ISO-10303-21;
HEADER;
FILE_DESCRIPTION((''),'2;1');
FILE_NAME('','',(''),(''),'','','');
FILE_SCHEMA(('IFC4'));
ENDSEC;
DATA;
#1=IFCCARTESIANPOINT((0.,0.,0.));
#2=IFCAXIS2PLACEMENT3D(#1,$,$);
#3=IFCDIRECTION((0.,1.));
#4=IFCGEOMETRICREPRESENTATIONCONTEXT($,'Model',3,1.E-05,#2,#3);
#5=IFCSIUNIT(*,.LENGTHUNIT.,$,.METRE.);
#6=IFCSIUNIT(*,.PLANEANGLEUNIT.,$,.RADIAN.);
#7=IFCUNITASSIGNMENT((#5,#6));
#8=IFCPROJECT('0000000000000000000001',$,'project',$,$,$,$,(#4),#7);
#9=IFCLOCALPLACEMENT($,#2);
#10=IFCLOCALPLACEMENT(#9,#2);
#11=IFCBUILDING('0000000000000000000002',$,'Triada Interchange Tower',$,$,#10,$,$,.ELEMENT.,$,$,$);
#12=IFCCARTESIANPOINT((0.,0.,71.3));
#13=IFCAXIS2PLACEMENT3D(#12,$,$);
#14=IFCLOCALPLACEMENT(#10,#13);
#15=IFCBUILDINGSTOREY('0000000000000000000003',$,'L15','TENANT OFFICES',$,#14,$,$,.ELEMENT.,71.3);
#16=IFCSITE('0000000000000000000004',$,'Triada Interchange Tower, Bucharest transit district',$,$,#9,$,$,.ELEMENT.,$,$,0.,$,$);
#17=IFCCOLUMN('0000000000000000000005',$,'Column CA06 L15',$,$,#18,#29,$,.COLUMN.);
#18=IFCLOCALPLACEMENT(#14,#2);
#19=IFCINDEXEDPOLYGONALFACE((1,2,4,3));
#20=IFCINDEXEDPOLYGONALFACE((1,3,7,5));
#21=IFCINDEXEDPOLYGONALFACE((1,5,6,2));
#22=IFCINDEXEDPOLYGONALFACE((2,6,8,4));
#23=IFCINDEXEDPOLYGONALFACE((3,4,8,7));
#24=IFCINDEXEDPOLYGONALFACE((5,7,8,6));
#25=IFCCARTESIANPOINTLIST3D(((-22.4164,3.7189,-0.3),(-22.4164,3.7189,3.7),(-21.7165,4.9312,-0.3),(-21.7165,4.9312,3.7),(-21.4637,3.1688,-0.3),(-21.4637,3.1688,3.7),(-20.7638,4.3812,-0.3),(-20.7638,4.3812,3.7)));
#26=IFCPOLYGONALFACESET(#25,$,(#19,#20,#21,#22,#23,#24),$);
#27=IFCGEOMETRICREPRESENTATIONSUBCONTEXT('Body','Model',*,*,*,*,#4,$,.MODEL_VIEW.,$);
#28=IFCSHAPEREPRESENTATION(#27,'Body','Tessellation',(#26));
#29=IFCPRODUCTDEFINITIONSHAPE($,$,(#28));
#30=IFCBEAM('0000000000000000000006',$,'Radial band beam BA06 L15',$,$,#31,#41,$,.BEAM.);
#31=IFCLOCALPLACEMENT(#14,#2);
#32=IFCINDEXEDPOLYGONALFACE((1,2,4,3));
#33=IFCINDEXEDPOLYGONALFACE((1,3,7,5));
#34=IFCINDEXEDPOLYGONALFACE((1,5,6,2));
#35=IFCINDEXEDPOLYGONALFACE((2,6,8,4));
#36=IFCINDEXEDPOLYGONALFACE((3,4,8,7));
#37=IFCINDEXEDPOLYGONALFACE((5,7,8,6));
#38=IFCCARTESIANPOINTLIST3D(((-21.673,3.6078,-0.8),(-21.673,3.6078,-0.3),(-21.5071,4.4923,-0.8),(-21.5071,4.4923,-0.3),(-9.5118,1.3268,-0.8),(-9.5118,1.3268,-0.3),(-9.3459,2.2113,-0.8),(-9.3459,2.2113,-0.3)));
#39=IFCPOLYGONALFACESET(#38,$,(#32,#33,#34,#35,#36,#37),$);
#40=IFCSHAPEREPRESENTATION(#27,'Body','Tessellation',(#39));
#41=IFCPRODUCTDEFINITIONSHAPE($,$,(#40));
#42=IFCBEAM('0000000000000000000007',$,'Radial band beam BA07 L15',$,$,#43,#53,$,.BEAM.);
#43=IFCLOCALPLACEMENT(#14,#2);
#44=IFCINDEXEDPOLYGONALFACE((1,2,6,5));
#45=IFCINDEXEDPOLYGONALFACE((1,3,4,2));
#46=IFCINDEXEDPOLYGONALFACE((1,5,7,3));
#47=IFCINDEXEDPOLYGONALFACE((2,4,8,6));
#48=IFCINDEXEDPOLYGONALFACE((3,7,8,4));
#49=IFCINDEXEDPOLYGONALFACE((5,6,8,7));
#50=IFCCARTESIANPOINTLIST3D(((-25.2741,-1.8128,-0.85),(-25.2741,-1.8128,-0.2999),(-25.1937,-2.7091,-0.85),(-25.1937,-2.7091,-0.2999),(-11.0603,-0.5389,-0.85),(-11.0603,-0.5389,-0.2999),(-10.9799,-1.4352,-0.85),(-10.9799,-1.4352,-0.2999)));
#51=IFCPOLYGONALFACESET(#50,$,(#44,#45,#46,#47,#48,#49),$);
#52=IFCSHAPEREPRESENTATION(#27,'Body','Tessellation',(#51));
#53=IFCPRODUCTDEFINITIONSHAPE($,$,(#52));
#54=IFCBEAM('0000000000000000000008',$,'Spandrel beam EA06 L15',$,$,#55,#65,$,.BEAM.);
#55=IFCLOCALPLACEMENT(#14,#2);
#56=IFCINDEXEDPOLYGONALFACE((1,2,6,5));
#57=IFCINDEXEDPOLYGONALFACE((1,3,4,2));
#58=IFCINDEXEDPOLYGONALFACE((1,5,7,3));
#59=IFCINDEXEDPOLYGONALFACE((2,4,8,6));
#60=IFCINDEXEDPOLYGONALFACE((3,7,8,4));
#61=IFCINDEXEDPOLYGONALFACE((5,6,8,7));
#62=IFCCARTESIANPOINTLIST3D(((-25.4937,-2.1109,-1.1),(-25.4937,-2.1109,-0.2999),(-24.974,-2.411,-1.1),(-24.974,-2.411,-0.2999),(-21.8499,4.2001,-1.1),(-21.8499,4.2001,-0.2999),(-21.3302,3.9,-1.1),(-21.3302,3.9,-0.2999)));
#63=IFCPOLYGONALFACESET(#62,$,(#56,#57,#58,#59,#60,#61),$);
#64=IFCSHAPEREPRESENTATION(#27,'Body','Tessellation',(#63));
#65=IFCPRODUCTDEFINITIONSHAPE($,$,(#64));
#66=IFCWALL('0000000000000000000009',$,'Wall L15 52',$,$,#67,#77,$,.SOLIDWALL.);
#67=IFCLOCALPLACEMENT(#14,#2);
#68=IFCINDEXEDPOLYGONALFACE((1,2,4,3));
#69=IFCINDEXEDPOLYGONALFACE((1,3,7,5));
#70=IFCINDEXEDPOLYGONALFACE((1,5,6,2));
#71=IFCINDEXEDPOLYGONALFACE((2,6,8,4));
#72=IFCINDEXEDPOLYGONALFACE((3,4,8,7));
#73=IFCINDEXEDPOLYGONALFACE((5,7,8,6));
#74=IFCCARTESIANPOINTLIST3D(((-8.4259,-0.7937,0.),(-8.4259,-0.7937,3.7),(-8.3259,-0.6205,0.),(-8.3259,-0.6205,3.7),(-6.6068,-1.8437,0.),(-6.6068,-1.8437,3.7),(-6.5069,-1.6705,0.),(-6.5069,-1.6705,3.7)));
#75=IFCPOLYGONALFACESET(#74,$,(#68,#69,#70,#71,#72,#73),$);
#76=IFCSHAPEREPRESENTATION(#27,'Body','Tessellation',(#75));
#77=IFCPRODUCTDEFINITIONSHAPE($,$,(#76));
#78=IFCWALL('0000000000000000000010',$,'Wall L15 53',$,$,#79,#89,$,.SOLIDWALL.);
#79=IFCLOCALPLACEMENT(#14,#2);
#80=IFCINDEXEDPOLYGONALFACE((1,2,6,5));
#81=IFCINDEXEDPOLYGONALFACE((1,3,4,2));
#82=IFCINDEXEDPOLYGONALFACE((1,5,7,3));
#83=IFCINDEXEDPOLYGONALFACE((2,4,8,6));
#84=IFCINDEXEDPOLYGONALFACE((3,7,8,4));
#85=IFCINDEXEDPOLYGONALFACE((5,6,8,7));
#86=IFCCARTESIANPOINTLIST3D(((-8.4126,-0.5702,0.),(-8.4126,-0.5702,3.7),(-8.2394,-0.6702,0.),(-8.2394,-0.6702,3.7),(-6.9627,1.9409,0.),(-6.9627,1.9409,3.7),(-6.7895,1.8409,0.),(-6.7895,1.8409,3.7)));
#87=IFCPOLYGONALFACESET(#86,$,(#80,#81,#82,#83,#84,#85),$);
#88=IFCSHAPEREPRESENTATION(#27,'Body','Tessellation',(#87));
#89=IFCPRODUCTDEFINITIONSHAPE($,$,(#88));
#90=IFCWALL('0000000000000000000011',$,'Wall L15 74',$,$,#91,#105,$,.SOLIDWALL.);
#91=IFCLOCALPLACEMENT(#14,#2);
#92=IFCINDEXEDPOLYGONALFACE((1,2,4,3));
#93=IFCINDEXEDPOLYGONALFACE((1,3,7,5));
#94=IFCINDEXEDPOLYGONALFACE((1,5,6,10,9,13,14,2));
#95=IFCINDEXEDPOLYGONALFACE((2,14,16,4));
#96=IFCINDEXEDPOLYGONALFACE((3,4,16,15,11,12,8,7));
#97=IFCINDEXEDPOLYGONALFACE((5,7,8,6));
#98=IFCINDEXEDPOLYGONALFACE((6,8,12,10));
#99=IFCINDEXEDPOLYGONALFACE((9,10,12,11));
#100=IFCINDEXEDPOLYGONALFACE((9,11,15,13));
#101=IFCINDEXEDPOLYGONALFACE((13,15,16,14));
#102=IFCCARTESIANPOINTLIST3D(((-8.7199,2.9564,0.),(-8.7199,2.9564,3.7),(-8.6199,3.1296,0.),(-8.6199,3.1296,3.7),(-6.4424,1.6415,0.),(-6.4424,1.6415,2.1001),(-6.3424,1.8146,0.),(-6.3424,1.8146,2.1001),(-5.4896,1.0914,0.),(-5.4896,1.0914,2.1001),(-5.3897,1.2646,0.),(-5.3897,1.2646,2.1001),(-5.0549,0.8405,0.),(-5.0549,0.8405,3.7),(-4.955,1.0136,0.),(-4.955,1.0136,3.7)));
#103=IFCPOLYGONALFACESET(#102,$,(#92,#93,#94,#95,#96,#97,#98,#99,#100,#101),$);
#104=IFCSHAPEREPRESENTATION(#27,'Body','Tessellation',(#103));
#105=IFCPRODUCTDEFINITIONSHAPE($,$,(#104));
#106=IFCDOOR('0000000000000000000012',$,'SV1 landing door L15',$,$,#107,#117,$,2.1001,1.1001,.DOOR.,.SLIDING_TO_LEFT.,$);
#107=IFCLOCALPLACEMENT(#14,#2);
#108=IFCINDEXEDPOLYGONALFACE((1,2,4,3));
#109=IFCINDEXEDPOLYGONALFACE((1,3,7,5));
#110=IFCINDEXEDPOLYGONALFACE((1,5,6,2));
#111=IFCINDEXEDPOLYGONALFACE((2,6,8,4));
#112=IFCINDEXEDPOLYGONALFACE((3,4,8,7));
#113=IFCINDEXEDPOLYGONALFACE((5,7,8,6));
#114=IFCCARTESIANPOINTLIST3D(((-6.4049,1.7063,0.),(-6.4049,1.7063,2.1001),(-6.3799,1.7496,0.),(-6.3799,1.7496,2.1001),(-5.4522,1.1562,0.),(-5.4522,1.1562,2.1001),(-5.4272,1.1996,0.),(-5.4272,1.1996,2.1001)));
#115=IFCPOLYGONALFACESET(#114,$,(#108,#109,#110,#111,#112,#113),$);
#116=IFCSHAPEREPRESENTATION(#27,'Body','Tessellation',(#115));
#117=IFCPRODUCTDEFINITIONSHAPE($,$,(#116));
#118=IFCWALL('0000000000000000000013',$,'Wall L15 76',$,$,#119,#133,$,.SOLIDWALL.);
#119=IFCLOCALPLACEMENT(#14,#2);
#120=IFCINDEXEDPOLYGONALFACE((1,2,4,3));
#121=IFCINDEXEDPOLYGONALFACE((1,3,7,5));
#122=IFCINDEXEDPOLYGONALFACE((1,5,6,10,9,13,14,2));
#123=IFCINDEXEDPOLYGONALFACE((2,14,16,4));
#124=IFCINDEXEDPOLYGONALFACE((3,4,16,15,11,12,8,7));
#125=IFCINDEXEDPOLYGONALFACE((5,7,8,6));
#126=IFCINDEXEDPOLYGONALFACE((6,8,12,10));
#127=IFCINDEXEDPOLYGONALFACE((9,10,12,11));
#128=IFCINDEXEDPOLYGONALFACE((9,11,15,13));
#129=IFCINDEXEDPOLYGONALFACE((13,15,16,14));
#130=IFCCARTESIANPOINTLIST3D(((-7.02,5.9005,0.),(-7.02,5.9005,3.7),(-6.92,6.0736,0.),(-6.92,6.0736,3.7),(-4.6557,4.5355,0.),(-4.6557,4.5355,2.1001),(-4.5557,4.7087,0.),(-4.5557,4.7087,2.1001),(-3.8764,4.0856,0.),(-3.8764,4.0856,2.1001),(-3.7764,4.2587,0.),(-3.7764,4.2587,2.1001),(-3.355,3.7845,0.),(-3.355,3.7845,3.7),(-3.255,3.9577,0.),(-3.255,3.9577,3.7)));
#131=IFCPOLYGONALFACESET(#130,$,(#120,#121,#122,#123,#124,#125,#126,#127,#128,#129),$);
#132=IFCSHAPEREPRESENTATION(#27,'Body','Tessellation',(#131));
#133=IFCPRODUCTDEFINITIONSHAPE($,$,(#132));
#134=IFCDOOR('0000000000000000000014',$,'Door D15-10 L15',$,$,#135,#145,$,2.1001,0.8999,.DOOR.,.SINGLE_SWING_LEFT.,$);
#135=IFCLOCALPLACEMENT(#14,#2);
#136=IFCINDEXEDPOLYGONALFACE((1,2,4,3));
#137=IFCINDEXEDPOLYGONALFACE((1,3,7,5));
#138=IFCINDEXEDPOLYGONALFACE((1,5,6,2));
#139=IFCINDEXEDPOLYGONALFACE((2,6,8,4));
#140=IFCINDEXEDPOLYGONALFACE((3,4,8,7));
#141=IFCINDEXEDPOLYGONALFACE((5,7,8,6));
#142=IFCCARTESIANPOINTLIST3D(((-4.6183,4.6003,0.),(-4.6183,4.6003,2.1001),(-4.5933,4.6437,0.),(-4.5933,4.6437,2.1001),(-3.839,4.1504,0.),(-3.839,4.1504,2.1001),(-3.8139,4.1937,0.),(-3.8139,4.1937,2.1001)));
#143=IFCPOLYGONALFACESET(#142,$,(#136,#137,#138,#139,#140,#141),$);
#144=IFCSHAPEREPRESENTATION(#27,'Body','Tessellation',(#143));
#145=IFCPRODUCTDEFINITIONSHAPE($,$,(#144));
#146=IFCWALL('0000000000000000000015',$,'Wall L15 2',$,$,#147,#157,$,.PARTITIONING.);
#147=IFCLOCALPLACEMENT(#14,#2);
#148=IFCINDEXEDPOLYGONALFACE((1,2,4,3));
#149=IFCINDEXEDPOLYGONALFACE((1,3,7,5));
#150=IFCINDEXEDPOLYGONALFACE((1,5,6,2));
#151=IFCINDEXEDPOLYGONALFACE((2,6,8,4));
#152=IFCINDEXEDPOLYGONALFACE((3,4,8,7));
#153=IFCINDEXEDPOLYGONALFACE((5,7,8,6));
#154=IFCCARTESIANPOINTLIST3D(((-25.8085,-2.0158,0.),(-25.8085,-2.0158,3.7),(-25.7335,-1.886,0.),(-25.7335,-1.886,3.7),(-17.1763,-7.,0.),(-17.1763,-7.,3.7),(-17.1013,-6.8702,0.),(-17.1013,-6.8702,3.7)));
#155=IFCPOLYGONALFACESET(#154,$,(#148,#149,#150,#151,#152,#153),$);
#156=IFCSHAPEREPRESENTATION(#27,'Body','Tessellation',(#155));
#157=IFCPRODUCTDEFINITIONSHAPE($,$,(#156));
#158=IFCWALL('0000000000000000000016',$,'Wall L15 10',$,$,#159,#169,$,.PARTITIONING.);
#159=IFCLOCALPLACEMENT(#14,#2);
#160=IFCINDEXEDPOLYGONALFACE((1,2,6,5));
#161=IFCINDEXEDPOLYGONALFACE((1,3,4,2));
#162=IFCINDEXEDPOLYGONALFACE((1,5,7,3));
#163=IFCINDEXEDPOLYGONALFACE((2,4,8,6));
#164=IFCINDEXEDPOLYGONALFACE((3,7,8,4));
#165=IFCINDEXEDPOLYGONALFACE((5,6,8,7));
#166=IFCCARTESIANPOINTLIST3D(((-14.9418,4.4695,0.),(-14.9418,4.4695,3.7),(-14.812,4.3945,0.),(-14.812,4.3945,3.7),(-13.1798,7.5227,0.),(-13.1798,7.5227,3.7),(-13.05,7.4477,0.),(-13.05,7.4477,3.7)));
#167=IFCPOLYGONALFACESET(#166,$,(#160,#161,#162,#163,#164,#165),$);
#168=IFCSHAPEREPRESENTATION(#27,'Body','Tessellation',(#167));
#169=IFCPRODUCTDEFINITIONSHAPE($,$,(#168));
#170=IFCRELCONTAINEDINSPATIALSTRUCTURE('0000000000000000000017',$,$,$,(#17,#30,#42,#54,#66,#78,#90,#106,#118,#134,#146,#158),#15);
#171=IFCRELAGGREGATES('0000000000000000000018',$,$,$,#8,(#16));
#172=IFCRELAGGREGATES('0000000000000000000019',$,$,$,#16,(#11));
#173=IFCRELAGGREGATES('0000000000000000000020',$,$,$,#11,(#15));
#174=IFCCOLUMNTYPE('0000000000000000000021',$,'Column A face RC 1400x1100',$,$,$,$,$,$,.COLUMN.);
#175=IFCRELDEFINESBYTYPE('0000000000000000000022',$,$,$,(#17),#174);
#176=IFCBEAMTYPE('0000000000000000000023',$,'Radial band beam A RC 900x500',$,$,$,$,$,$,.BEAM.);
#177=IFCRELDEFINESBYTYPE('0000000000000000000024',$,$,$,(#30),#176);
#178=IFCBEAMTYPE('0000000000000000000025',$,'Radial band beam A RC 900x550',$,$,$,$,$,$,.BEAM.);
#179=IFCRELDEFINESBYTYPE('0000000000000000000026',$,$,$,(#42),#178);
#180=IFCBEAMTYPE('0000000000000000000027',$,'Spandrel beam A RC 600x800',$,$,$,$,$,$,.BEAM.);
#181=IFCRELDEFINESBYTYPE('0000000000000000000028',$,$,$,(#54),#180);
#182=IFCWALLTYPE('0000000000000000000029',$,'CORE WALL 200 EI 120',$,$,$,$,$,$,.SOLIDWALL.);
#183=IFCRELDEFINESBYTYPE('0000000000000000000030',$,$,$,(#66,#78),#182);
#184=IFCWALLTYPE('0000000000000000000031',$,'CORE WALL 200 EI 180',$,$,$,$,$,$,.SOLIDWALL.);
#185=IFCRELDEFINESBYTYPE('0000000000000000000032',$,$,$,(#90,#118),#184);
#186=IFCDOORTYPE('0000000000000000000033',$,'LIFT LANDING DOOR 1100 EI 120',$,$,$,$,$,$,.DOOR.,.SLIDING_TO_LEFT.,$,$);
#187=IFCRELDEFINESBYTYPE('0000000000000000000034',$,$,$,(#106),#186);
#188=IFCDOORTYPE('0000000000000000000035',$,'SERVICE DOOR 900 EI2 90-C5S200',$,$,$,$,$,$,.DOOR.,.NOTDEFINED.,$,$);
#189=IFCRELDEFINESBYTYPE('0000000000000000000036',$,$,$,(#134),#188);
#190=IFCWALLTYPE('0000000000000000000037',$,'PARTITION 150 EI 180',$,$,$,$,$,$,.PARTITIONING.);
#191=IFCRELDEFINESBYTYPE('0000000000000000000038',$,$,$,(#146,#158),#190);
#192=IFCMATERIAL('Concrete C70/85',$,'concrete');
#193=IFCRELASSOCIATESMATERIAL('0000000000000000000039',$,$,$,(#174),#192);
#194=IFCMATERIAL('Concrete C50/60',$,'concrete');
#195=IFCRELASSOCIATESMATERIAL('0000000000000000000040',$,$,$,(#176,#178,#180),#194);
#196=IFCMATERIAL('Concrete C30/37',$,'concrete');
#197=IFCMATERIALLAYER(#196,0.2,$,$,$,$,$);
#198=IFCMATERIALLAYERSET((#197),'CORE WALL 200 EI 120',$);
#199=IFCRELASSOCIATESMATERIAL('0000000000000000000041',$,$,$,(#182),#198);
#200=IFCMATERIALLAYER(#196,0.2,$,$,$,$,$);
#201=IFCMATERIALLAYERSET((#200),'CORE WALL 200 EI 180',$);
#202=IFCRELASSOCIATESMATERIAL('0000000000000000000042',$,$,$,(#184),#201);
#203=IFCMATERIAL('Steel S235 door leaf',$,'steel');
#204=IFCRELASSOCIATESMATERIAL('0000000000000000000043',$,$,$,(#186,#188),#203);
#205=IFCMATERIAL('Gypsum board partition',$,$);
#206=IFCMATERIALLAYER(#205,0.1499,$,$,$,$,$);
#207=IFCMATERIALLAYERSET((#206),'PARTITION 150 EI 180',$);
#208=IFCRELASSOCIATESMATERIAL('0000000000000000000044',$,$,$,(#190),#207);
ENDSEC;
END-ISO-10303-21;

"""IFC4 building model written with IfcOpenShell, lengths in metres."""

from ifc_helpers import new_model, si_unit, direction, frame, frame_2d, origin, origin_2d, place, context, subcontext, project, spatial, rectangle, extrude, material, layer, layer_set, material_profile, profile_set, type_object, element, fill, save


model = new_model("IFC4")

# Units and contexts
model_context = context("Model", 3, precision=1e-05, world=origin(), true_north=direction((0.0, 1.0)))
body_context = subcontext(model_context, "Body", "Model", "MODEL_VIEW")
ifc_project = project(units=[si_unit("LENGTHUNIT", "METRE"), si_unit("PLANEANGLEUNIT", "RADIAN")], contexts=[model_context])

# Site, building, storey
site_placement = place(None, origin())
site = spatial("IfcSite", under=ifc_project, at=site_placement, Name="Triada Interchange Tower, Bucharest transit district", CompositionType="ELEMENT", RefElevation=0.0)
building_placement = place(site_placement, origin())
building = spatial("IfcBuilding", under=site, at=building_placement, Name="Triada Interchange Tower", CompositionType="ELEMENT")
storey_placement = place(building_placement, frame((0.0, 0.0, 71.3)))
storey = spatial("IfcBuildingStorey", under=building, at=storey_placement, Name="L15", Description="TENANT OFFICES", CompositionType="ELEMENT", Elevation=71.3)

# Column
ifc_material_1 = material(Name="Concrete C70/85", Category="concrete")
ifc_material_profile_1 = material_profile(ifc_material_1, rectangle(XDim=1.3999, YDim=1.1001, at=origin_2d()), Name="RC 1400x1100")
ifc_profile_set_1 = profile_set([ifc_material_profile_1], Name="Concrete C70/85")
column_type = type_object("IfcColumnType", Name="Column A face RC 1400x1100", PredefinedType="COLUMN", material=ifc_profile_set_1)
column_placement = place(storey_placement, frame((-21.5901, 4.05, -0.3), z_axis=(0.0, 0.0, 1.0), x_axis=(0.5, 0.866025, 0.0)))
element("IfcColumn", 1, at=column_placement, inside=storey, type_object=column_type, Name="Column CA06 L15", PredefinedType="COLUMN", context=body_context, shape_type="SweptSolid", body=[
    extrude(rectangle(XDim=1.3999, YDim=1.1001, at=origin_2d()), origin(), (0.0, 0.0, 1.0), 4.0),
])

# Beams
ifc_material_2 = material(Name="Concrete C50/60", Category="concrete")
ifc_material_profile_2 = material_profile(ifc_material_2, rectangle(XDim=0.8999, YDim=0.5, at=origin_2d()), Name="RC 900x500")
ifc_profile_set_2 = profile_set([ifc_material_profile_2], Name="Concrete C50/60")
beam_type_1 = type_object("IfcBeamType", Name="Radial band beam A RC 900x500", PredefinedType="BEAM", material=ifc_profile_set_2)
beam_1_placement = place(storey_placement, frame((-21.5901, 4.05, -0.55), z_axis=(0.982861, -0.18435, 0.0), x_axis=(0.18435, 0.982861, 0.0)))
element("IfcBeam", 2, at=beam_1_placement, inside=storey, type_object=beam_type_1, Name="Radial band beam BA06 L15", PredefinedType="BEAM", context=body_context, shape_type="SweptSolid", body=[
    extrude(rectangle(XDim=0.8999, YDim=0.5, at=origin_2d()), origin(), (0.0, 0.0, 1.0), 12.3733),
])
ifc_material_profile_3 = material_profile(ifc_material_2, rectangle(XDim=0.8999, YDim=0.55, at=origin_2d()), Name="RC 900x550")
ifc_profile_set_3 = profile_set([ifc_material_profile_3], Name="Concrete C50/60")
beam_type_2 = type_object("IfcBeamType", Name="Radial band beam A RC 900x550", PredefinedType="BEAM", material=ifc_profile_set_3)
beam_2_placement = place(storey_placement, frame((-25.2339, -2.261, -0.575), z_axis=(0.996008, 0.089268, 0.0), x_axis=(-0.089268, 0.996008, 0.0)))
element("IfcBeam", 3, at=beam_2_placement, inside=storey, type_object=beam_type_2, Name="Radial band beam BA07 L15", PredefinedType="BEAM", context=body_context, shape_type="SweptSolid", body=[
    extrude(rectangle(XDim=0.8999, YDim=0.55, at=origin_2d()), origin(), (0.0, 0.0, 1.0), 14.2708),
])
ifc_material_profile_4 = material_profile(ifc_material_2, rectangle(XDim=0.6001, YDim=0.8, at=origin_2d()), Name="RC 600x800")
ifc_profile_set_4 = profile_set([ifc_material_profile_4], Name="Concrete C50/60")
beam_type_3 = type_object("IfcBeamType", Name="Spandrel beam A RC 600x800", PredefinedType="BEAM", material=ifc_profile_set_4)
beam_3_placement = place(storey_placement, frame((-21.5901, 4.05, -0.7), z_axis=(-0.500012, -0.866018, 0.0), x_axis=(0.866018, -0.500012, 0.0)))
element("IfcBeam", 4, at=beam_3_placement, inside=storey, type_object=beam_type_3, Name="Spandrel beam EA06 L15", PredefinedType="BEAM", context=body_context, shape_type="SweptSolid", body=[
    extrude(rectangle(XDim=0.6001, YDim=0.8, at=origin_2d()), origin(), (0.0, 0.0, 1.0), 7.2874),
])

# Walls
ifc_material_3 = material(Name="Concrete C30/37", Category="concrete")
ifc_layer_1 = layer(ifc_material_3, 0.2)
ifc_layer_set_1 = layer_set([ifc_layer_1], Name="CORE WALL 200 EI 120")
wall_type_1 = type_object("IfcWallType", Name="CORE WALL 200 EI 120", PredefinedType="SOLIDWALL", material=ifc_layer_set_1)
wall_1_placement = place(storey_placement, frame((-8.376, -0.707, 0.0), z_axis=(0.0, 0.0, 1.0), x_axis=(0.866068, -0.499927, 0.0)))
element("IfcWall", 5, at=wall_1_placement, inside=storey, type_object=wall_type_1, Name="Wall L15 52", PredefinedType="SOLIDWALL", context=body_context, shape_type="SweptSolid", body=[
    extrude(rectangle(XDim=2.1003, YDim=0.2, at=frame_2d((1.0503, 0.0))), origin(), (0.0, 0.0, 1.0), 3.7),
])
wall_2_placement = place(storey_placement, frame((-8.3259, -0.6201, 0.0), z_axis=(0.0, 0.0, 1.0), x_axis=(0.500024, 0.866012, 0.0)))
element("IfcWall", 6, at=wall_2_placement, inside=storey, type_object=wall_type_1, Name="Wall L15 53", PredefinedType="SOLIDWALL", context=body_context, shape_type="SweptSolid", body=[
    extrude(rectangle(XDim=2.8997, YDim=0.2, at=frame_2d((1.4497, 0.0))), origin(), (0.0, 0.0, 1.0), 3.7),
])

# Walls, openings, doors
ifc_layer_2 = layer(ifc_material_3, 0.2)
ifc_layer_set_2 = layer_set([ifc_layer_2], Name="CORE WALL 200 EI 180")
wall_type_2 = type_object("IfcWallType", Name="CORE WALL 200 EI 180", PredefinedType="SOLIDWALL", material=ifc_layer_set_2)
wall_3_placement = place(storey_placement, frame((-8.6699, 3.043, 0.0), z_axis=(0.0, 0.0, 1.0), x_axis=(0.86603, -0.499992, 0.0)))
wall_3 = element("IfcWall", 7, at=wall_3_placement, inside=storey, type_object=wall_type_2, Name="Wall L15 74", PredefinedType="SOLIDWALL", context=body_context, shape_type="SweptSolid", body=[
    extrude(rectangle(XDim=4.2319, YDim=0.2, at=frame_2d((2.116, 0.0))), origin(), (0.0, 0.0, 1.0), 3.7),
])
opening_1_placement = place(wall_3_placement, frame((2.6299, 0.0, 0.0)))
opening_1 = element("IfcOpeningElement", 8, at=opening_1_placement, cuts=wall_3, PredefinedType="OPENING", context=body_context, shape_type="SweptSolid", body=[
    extrude(rectangle(XDim=1.1001, YDim=2.1001, at=frame_2d((0.55, 1.05))), frame((0.0, 0.1099, 0.0), z_axis=(0.0, -1.0, 0.0), x_axis=(1.0, 0.0, 0.0)), (0.0, 0.0, 1.0), 0.22),
])
ifc_material_4 = material(Name="Steel S235 door leaf", Category="steel")
door_type_1 = type_object("IfcDoorType", Name="LIFT LANDING DOOR 1100 EI 120", OperationType="SLIDING_TO_LEFT", PredefinedType="DOOR", material=ifc_material_4)
door_1_placement = place(opening_1_placement, origin())
door_1 = element("IfcDoor", 9, at=door_1_placement, inside=storey, type_object=door_type_1, Name="SV1 landing door L15", OperationType="SLIDING_TO_LEFT", OverallHeight=2.1001, OverallWidth=1.1001, PredefinedType="DOOR", context=body_context, shape_type="SweptSolid", body=[
    extrude(rectangle(XDim=1.1001, YDim=2.1001, at=frame_2d((0.55, 1.05))), frame((0.0, 0.0249, 0.0), z_axis=(0.0, -1.0, 0.0), x_axis=(1.0, 0.0, 0.0)), (0.0, 0.0, 1.0), 0.05),
])
fill(opening_1, door_1)
wall_4_placement = place(storey_placement, frame((-6.97, 5.9871, 0.0), z_axis=(0.0, 0.0, 1.0), x_axis=(0.86603, -0.499992, 0.0)))
wall_4 = element("IfcWall", 10, at=wall_4_placement, inside=storey, type_object=wall_type_2, Name="Wall L15 76", PredefinedType="SOLIDWALL", context=body_context, shape_type="SweptSolid", body=[
    extrude(rectangle(XDim=4.2319, YDim=0.2, at=frame_2d((2.116, 0.0))), origin(), (0.0, 0.0, 1.0), 3.7),
])
opening_2_placement = place(wall_4_placement, frame((2.73, 0.0, 0.0)))
opening_2 = element("IfcOpeningElement", 11, at=opening_2_placement, cuts=wall_4, PredefinedType="OPENING", context=body_context, shape_type="SweptSolid", body=[
    extrude(rectangle(XDim=0.8999, YDim=2.1001, at=frame_2d((0.45, 1.05))), frame((0.0, 0.1099, 0.0), z_axis=(0.0, -1.0, 0.0), x_axis=(1.0, 0.0, 0.0)), (0.0, 0.0, 1.0), 0.22),
])
door_type_2 = type_object("IfcDoorType", Name="SERVICE DOOR 900 EI2 90-C5S200", OperationType="NOTDEFINED", PredefinedType="DOOR", material=ifc_material_4)
door_2_placement = place(opening_2_placement, origin())
door_2 = element("IfcDoor", 12, at=door_2_placement, inside=storey, type_object=door_type_2, Name="Door D15-10 L15", OperationType="SINGLE_SWING_LEFT", OverallHeight=2.1001, OverallWidth=0.8999, PredefinedType="DOOR", context=body_context, shape_type="SweptSolid", body=[
    extrude(rectangle(XDim=0.8999, YDim=2.1001, at=frame_2d((0.45, 1.05))), frame((0.0, 0.0249, 0.0), z_axis=(0.0, -1.0, 0.0), x_axis=(1.0, 0.0, 0.0)), (0.0, 0.0, 1.0), 0.05),
])
fill(opening_2, door_2)

# Walls
ifc_material_5 = material(Name="Gypsum board partition")
ifc_layer_3 = layer(ifc_material_5, 0.1499)
ifc_layer_set_3 = layer_set([ifc_layer_3], Name="PARTITION 150 EI 180")
wall_type_3 = type_object("IfcWallType", Name="PARTITION 150 EI 180", PredefinedType="PARTITIONING", material=ifc_layer_set_3)
wall_5_placement = place(storey_placement, frame((-25.771, -1.9509, 0.0), z_axis=(0.0, 0.0, 1.0), x_axis=(0.866008, -0.50003, 0.0)))
element("IfcWall", 13, at=wall_5_placement, inside=storey, type_object=wall_type_3, Name="Wall L15 2", PredefinedType="PARTITIONING", context=body_context, shape_type="SweptSolid", body=[
    extrude(rectangle(XDim=9.9678, YDim=0.1499, at=frame_2d((4.9839, 0.0))), origin(), (0.0, 0.0, 1.0), 3.7),
])
wall_6_placement = place(storey_placement, frame((-14.877, 4.4319, 0.0), z_axis=(0.0, 0.0, 1.0), x_axis=(0.499826, 0.866126, 0.0)))
element("IfcWall", 14, at=wall_6_placement, inside=storey, type_object=wall_type_3, Name="Wall L15 10", PredefinedType="PARTITIONING", context=body_context, shape_type="SweptSolid", body=[
    extrude(rectangle(XDim=3.5251, YDim=0.1499, at=frame_2d((1.7627, 0.0))), origin(), (0.0, 0.0, 1.0), 3.7),
])

save(model, "model.ifc")
